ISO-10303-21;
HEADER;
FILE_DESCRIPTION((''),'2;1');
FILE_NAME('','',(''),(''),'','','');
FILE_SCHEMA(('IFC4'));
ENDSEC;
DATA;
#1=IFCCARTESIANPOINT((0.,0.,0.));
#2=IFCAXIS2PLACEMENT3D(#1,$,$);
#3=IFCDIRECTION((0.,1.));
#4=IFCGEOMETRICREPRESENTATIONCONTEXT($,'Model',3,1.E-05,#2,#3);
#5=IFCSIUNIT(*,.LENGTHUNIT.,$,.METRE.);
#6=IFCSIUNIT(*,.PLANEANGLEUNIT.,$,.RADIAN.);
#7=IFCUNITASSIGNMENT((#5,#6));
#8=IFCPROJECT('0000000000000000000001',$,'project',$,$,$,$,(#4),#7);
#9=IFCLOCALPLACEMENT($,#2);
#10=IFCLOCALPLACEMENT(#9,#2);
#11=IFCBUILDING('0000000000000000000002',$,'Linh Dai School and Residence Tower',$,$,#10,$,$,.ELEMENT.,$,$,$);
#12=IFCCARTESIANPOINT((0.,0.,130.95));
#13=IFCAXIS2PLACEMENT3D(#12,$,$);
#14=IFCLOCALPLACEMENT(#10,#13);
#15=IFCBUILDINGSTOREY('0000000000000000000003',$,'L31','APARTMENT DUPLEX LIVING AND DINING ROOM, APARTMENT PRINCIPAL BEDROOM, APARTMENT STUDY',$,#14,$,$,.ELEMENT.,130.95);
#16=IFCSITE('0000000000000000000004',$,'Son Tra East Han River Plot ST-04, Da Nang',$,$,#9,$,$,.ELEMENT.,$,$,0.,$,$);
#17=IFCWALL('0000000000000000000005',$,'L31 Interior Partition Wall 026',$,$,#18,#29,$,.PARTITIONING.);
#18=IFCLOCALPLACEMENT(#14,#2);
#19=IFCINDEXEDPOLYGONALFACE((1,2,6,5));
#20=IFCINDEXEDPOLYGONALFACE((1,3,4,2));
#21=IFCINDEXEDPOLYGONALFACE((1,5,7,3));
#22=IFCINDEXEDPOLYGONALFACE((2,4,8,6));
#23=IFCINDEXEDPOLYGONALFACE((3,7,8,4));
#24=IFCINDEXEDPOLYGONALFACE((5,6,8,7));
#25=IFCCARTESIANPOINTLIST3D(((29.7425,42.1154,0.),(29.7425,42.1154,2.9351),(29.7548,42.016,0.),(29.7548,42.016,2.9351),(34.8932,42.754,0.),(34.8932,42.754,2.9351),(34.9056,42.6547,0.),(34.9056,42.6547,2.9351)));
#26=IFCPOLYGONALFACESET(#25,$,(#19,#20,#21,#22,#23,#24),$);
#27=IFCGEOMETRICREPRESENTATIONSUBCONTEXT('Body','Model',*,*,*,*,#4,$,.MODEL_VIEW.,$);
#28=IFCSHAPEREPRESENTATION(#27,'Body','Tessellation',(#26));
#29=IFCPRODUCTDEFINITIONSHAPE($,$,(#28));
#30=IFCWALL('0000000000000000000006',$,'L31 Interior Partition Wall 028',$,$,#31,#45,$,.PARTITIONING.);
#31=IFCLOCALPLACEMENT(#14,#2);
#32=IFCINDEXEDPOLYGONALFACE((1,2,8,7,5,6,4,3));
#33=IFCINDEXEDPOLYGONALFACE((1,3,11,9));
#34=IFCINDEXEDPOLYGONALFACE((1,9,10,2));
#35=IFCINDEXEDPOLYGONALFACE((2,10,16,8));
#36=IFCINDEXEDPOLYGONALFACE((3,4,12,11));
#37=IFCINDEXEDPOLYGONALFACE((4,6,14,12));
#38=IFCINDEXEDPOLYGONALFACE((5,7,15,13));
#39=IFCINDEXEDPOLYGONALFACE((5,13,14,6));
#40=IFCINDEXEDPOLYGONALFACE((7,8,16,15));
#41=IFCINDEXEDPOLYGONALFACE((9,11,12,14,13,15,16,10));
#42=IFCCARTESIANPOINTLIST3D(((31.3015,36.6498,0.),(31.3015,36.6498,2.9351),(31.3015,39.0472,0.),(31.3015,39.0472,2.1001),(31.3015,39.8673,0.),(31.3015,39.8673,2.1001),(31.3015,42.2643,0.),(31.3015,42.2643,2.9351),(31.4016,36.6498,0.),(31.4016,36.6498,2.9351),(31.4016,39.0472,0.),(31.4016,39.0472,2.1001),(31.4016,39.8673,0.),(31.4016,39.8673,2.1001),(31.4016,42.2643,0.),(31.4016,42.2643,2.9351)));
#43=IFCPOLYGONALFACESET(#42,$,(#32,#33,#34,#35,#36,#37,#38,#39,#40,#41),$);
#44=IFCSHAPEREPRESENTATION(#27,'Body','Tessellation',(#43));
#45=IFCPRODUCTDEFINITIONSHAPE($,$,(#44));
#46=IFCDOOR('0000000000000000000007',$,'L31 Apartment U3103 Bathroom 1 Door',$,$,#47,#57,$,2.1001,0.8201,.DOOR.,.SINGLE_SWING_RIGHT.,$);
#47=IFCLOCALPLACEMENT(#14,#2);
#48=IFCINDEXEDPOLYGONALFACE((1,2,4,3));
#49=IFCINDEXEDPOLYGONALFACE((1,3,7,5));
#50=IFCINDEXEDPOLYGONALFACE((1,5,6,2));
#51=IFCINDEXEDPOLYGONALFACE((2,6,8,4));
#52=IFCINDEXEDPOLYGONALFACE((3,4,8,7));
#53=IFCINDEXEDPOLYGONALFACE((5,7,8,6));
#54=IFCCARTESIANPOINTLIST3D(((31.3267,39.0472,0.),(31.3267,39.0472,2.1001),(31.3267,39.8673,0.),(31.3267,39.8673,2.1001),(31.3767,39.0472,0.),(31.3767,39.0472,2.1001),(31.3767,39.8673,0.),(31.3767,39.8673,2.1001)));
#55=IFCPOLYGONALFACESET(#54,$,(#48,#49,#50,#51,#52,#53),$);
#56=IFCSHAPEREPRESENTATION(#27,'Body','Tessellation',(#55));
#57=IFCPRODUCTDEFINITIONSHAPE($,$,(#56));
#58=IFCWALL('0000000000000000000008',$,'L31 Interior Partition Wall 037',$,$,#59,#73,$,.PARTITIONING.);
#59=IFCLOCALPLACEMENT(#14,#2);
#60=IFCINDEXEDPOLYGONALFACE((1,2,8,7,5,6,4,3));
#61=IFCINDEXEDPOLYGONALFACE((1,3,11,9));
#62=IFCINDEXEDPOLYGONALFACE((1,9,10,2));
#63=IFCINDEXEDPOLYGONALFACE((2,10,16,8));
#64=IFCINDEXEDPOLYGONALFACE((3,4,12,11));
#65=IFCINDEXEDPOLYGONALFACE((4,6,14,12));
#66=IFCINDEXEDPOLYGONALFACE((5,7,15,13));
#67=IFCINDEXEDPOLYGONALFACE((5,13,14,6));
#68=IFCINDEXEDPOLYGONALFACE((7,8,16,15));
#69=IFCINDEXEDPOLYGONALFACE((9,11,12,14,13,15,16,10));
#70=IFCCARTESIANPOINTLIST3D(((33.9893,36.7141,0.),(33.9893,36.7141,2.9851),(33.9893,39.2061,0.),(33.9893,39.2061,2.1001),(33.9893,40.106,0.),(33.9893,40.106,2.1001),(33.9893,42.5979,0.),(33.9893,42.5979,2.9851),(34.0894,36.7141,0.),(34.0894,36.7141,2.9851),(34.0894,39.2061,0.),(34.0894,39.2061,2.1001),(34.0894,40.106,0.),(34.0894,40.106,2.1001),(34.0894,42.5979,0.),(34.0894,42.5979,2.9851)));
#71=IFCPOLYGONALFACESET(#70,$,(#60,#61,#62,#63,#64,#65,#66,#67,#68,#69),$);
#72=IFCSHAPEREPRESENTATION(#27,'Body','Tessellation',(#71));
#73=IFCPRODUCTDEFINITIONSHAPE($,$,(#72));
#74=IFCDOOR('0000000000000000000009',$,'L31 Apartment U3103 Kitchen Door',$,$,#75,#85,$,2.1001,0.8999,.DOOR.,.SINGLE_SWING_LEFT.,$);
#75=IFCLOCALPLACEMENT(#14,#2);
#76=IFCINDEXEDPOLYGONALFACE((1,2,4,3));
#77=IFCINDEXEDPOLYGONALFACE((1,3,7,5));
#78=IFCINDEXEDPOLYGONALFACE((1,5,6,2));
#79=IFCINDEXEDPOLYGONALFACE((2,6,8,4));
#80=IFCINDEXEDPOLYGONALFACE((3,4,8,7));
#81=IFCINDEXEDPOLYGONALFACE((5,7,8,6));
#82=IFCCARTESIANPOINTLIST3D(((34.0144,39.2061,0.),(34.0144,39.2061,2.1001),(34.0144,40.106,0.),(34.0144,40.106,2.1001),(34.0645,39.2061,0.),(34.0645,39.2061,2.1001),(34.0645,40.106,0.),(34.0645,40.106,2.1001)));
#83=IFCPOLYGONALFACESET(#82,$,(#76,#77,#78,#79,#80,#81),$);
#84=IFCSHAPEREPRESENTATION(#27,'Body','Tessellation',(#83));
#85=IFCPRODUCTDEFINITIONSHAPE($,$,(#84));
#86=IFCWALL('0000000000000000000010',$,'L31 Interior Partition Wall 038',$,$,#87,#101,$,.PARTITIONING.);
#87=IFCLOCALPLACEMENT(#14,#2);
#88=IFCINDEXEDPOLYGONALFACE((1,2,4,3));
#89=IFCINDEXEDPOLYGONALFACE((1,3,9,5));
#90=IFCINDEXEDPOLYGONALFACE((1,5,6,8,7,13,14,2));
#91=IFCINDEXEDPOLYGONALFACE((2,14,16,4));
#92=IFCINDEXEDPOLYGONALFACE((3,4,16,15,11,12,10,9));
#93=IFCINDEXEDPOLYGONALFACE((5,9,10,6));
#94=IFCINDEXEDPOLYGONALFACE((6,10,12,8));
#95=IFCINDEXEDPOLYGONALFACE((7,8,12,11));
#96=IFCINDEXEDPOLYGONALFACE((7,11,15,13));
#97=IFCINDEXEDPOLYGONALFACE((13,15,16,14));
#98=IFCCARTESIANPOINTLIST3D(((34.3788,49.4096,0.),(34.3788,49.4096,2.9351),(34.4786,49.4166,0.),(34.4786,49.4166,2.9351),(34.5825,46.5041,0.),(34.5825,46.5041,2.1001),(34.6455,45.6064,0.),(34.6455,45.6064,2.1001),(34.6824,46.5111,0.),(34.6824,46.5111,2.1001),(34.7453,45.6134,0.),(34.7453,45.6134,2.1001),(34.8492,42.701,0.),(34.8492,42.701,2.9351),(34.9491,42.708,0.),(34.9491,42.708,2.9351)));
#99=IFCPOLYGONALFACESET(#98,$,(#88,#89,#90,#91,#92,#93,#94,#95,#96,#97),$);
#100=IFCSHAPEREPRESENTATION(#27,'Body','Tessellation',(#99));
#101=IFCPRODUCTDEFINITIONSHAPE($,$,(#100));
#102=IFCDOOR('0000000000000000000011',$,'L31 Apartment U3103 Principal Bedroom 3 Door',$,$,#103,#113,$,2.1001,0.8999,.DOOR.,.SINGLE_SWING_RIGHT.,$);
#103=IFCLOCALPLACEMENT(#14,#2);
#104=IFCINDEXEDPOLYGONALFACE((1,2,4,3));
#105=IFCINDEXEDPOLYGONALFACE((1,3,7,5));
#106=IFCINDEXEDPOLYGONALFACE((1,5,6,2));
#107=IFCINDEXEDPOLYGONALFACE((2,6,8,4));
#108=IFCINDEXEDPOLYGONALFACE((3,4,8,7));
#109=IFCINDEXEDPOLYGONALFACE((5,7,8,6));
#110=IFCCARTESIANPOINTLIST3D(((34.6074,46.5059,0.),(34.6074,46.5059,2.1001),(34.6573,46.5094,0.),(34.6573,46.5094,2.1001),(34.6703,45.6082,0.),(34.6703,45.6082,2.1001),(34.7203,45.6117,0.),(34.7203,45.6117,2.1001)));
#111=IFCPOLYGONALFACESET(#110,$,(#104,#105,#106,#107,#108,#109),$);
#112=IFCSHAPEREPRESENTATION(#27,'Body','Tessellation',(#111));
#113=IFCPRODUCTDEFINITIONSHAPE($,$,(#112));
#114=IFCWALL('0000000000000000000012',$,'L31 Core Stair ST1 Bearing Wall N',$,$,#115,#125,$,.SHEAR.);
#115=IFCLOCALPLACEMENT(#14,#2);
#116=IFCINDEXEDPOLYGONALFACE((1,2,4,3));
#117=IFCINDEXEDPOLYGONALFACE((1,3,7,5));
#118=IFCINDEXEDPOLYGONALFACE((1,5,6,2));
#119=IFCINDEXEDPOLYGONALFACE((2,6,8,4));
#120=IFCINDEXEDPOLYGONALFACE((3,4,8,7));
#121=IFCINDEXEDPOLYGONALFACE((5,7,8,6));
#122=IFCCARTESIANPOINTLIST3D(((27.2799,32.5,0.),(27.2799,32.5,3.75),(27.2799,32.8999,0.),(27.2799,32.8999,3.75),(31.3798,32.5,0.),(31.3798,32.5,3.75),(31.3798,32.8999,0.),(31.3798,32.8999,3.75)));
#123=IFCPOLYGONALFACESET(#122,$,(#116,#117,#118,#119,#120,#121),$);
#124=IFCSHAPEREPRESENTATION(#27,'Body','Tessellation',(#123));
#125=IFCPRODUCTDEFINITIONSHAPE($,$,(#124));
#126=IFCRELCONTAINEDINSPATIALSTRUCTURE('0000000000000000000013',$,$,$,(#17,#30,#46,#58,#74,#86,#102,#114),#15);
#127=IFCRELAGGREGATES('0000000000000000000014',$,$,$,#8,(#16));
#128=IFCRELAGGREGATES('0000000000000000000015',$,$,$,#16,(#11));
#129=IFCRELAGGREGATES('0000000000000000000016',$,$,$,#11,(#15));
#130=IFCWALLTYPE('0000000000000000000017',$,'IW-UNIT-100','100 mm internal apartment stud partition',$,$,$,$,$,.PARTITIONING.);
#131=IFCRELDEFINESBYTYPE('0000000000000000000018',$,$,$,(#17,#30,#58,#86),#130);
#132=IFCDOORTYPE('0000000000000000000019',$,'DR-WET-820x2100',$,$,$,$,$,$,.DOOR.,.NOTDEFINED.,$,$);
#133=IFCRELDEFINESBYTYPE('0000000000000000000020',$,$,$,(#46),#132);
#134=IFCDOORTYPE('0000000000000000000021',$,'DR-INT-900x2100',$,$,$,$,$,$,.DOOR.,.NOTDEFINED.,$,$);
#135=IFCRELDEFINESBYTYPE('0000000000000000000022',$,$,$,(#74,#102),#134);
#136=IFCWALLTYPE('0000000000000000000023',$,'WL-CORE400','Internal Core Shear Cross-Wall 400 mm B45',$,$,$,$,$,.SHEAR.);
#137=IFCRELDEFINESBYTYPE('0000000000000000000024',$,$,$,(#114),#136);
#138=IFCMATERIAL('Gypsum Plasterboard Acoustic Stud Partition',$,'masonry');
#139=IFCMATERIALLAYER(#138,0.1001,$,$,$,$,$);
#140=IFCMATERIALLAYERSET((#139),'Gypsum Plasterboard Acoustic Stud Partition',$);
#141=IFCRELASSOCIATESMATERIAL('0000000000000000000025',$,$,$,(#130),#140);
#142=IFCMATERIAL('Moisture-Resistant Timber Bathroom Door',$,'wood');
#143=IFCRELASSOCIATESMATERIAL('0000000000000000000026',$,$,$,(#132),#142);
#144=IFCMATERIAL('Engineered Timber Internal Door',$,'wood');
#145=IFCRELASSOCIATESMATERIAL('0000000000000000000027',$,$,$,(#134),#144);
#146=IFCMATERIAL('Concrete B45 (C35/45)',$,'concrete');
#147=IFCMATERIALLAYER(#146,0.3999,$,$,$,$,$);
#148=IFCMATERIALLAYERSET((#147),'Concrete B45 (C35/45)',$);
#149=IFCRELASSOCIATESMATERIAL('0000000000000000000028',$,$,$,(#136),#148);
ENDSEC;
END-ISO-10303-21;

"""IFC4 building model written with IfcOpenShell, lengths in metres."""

from ifc_helpers import new_model, si_unit, direction, frame, frame_2d, origin, origin_2d, place, context, subcontext, project, spatial, rectangle, extrude, source, transform, mapped, material, layer, layer_set, type_object, element, fill, save


model = new_model("IFC4")

# Units and contexts
model_context = context("Model", 3, precision=1e-05, world=origin(), true_north=direction((0.0, 1.0)))
body_context = subcontext(model_context, "Body", "Model", "MODEL_VIEW")
ifc_project = project(units=[si_unit("LENGTHUNIT", "METRE"), si_unit("PLANEANGLEUNIT", "RADIAN")], contexts=[model_context])

# Site, building, storey
site_placement = place(None, origin())
site = spatial("IfcSite", under=ifc_project, at=site_placement, Name="Son Tra East Han River Plot ST-04, Da Nang", CompositionType="ELEMENT", RefElevation=0.0)
building_placement = place(site_placement, origin())
building = spatial("IfcBuilding", under=site, at=building_placement, Name="Linh Dai School and Residence Tower", CompositionType="ELEMENT")
storey_placement = place(building_placement, frame((0.0, 0.0, 130.95)))
storey = spatial("IfcBuildingStorey", under=building, at=storey_placement, Name="L31", Description="APARTMENT DUPLEX LIVING AND DINING ROOM, APARTMENT PRINCIPAL BEDROOM, APARTMENT STUDY", CompositionType="ELEMENT", Elevation=130.95)

# Wall
ifc_material_1 = material(Name="Gypsum Plasterboard Acoustic Stud Partition", Category="masonry")
ifc_layer_1 = layer(ifc_material_1, 0.1001)
ifc_layer_set_1 = layer_set([ifc_layer_1], Name="Gypsum Plasterboard Acoustic Stud Partition")
wall_type_1 = type_object("IfcWallType", Name="IW-UNIT-100", Description="100 mm internal apartment stud partition", PredefinedType="PARTITIONING", material=ifc_layer_set_1)
wall_1_placement = place(storey_placement, frame((29.7485, 42.0657, 0.0), z_axis=(0.0, 0.0, 1.0), x_axis=(0.9924, 0.123056, 0.0)))
element("IfcWall", 1, at=wall_1_placement, inside=storey, type_object=wall_type_1, Name="L31 Interior Partition Wall 026", PredefinedType="PARTITIONING", context=body_context, shape_type="SweptSolid", body=[
    extrude(rectangle(XDim=5.1902, YDim=0.1001, at=frame_2d((2.5952, 0.0))), origin(), (0.0, 0.0, 1.0), 2.9351),
])

# Walls, openings, doors
wall_2_placement = place(storey_placement, frame((31.3516, 36.6499, 0.0), z_axis=(0.0, 0.0, 1.0), x_axis=(0.0, 1.0, 0.0)))
wall_2 = element("IfcWall", 2, at=wall_2_placement, inside=storey, type_object=wall_type_1, Name="L31 Interior Partition Wall 028", PredefinedType="PARTITIONING", context=body_context, shape_type="SweptSolid", body=[
    extrude(rectangle(XDim=5.6145, YDim=0.1001, at=frame_2d((2.8071, 0.0))), origin(), (0.0, 0.0, 1.0), 2.9351),
])
opening_1_placement = place(wall_2_placement, frame((2.3972, 0.0, 0.0)))
opening_1 = element("IfcOpeningElement", 3, at=opening_1_placement, cuts=wall_2, PredefinedType="OPENING", context=body_context, shape_type="SweptSolid", body=[
    extrude(rectangle(XDim=0.8201, YDim=2.1001, at=origin_2d()), frame((0.4102, 0.0601, 1.05), z_axis=(0.0, -1.0, 0.0), x_axis=(1.0, 0.0, 0.0)), (0.0, 0.0, 1.0), 0.1201),
])
ifc_material_2 = material(Name="Moisture-Resistant Timber Bathroom Door", Category="wood")
door_type_1 = type_object("IfcDoorType", Name="DR-WET-820x2100", OperationType="NOTDEFINED", PredefinedType="DOOR", material=ifc_material_2)
shared_shape_1 = source(origin(), body_context, "Body", "SweptSolid", [
    extrude(rectangle(XDim=0.8201, YDim=2.1001, at=origin_2d()), frame((0.4102, 0.0249, 1.05), z_axis=(0.0, -1.0, 0.0), x_axis=(1.0, 0.0, 0.0)), (0.0, 0.0, 1.0), 0.05),
])
door_1_placement = place(opening_1_placement, origin())
door_1 = element("IfcDoor", 4, at=door_1_placement, inside=storey, type_object=door_type_1, Name="L31 Apartment U3103 Bathroom 1 Door", OperationType="SINGLE_SWING_RIGHT", OverallHeight=2.1001, OverallWidth=0.8201, PredefinedType="DOOR", context=body_context, shape_type="MappedRepresentation", body=[
    mapped(shared_shape_1, transform((0.0, 0.0, 0.0), x_axis=(1.0, 0.0, 0.0), y_axis=(0.0, 1.0, 0.0), z_axis=(0.0, 0.0, 1.0), scale=1.0)),
])
fill(opening_1, door_1)
wall_3_placement = place(storey_placement, frame((34.0393, 36.7141, 0.0), z_axis=(0.0, 0.0, 1.0), x_axis=(0.0, 1.0, 0.0)))
wall_3 = element("IfcWall", 5, at=wall_3_placement, inside=storey, type_object=wall_type_1, Name="L31 Interior Partition Wall 037", PredefinedType="PARTITIONING", context=body_context, shape_type="SweptSolid", body=[
    extrude(rectangle(XDim=5.8838, YDim=0.1001, at=frame_2d((2.9419, 0.0))), origin(), (0.0, 0.0, 1.0), 2.9851),
])
opening_2_placement = place(wall_3_placement, frame((2.4919, 0.0, 0.0)))
opening_2 = element("IfcOpeningElement", 6, at=opening_2_placement, cuts=wall_3, PredefinedType="OPENING", context=body_context, shape_type="SweptSolid", body=[
    extrude(rectangle(XDim=0.8999, YDim=2.1001, at=origin_2d()), frame((0.45, 0.0601, 1.05), z_axis=(0.0, -1.0, 0.0), x_axis=(1.0, 0.0, 0.0)), (0.0, 0.0, 1.0), 0.1201),
])
ifc_material_3 = material(Name="Engineered Timber Internal Door", Category="wood")
door_type_2 = type_object("IfcDoorType", Name="DR-INT-900x2100", OperationType="NOTDEFINED", PredefinedType="DOOR", material=ifc_material_3)
shared_shape_2 = source(origin(), body_context, "Body", "SweptSolid", [
    extrude(rectangle(XDim=0.8999, YDim=2.1001, at=origin_2d()), frame((0.45, 0.0249, 1.05), z_axis=(0.0, -1.0, 0.0), x_axis=(1.0, 0.0, 0.0)), (0.0, 0.0, 1.0), 0.05),
])
door_2_placement = place(opening_2_placement, origin())
door_2 = element("IfcDoor", 7, at=door_2_placement, inside=storey, type_object=door_type_2, Name="L31 Apartment U3103 Kitchen Door", OperationType="SINGLE_SWING_LEFT", OverallHeight=2.1001, OverallWidth=0.8999, PredefinedType="DOOR", context=body_context, shape_type="MappedRepresentation", body=[
    mapped(shared_shape_2, transform((0.0, 0.0, 0.0), x_axis=(1.0, 0.0, 0.0), y_axis=(0.0, 1.0, 0.0), z_axis=(0.0, 0.0, 1.0), scale=1.0)),
])
fill(opening_2, door_2)
wall_4_placement = place(storey_placement, frame((34.4287, 49.4131, 0.0), z_axis=(0.0, 0.0, 1.0), x_axis=(0.069954, -0.99755, 0.0)))
wall_4 = element("IfcWall", 8, at=wall_4_placement, inside=storey, type_object=wall_type_1, Name="L31 Interior Partition Wall 038", PredefinedType="PARTITIONING", context=body_context, shape_type="SweptSolid", body=[
    extrude(rectangle(XDim=6.7251, YDim=0.1001, at=frame_2d((3.3625, 0.0))), origin(), (0.0, 0.0, 1.0), 2.9351),
])
opening_3_placement = place(wall_4_placement, frame((2.9126, 0.0, 0.0)))
opening_3 = element("IfcOpeningElement", 9, at=opening_3_placement, cuts=wall_4, PredefinedType="OPENING", context=body_context, shape_type="SweptSolid", body=[
    extrude(rectangle(XDim=0.8999, YDim=2.1001, at=origin_2d()), frame((0.45, 0.0601, 1.05), z_axis=(0.0, -1.0, 0.0), x_axis=(1.0, 0.0, 0.0)), (0.0, 0.0, 1.0), 0.1201),
])
door_3_placement = place(opening_3_placement, origin())
door_3 = element("IfcDoor", 10, at=door_3_placement, inside=storey, type_object=door_type_2, Name="L31 Apartment U3103 Principal Bedroom 3 Door", OperationType="SINGLE_SWING_RIGHT", OverallHeight=2.1001, OverallWidth=0.8999, PredefinedType="DOOR", context=body_context, shape_type="MappedRepresentation", body=[
    mapped(shared_shape_2, transform((0.0, 0.0, 0.0), x_axis=(1.0, 0.0, 0.0), y_axis=(0.0, 1.0, 0.0), z_axis=(0.0, 0.0, 1.0), scale=1.0)),
])
fill(opening_3, door_3)

# Wall
ifc_material_4 = material(Name="Concrete B45 (C35/45)", Category="concrete")
ifc_layer_2 = layer(ifc_material_4, 0.3999)
ifc_layer_set_2 = layer_set([ifc_layer_2], Name="Concrete B45 (C35/45)")
wall_type_2 = type_object("IfcWallType", Name="WL-CORE400", Description="Internal Core Shear Cross-Wall 400 mm B45", PredefinedType="SHEAR", material=ifc_layer_set_2)
wall_5_placement = place(storey_placement, frame((27.28, 32.7, 0.0), z_axis=(0.0, 0.0, 1.0), x_axis=(1.0, 0.0, 0.0)))
element("IfcWall", 11, at=wall_5_placement, inside=storey, type_object=wall_type_2, Name="L31 Core Stair ST1 Bearing Wall N", PredefinedType="SHEAR", context=body_context, shape_type="SweptSolid", body=[
    extrude(rectangle(XDim=4.0999, YDim=0.3999, at=frame_2d((2.0498, 0.0))), origin(), (0.0, 0.0, 1.0), 3.75),
])

save(model, "model.ifc")
